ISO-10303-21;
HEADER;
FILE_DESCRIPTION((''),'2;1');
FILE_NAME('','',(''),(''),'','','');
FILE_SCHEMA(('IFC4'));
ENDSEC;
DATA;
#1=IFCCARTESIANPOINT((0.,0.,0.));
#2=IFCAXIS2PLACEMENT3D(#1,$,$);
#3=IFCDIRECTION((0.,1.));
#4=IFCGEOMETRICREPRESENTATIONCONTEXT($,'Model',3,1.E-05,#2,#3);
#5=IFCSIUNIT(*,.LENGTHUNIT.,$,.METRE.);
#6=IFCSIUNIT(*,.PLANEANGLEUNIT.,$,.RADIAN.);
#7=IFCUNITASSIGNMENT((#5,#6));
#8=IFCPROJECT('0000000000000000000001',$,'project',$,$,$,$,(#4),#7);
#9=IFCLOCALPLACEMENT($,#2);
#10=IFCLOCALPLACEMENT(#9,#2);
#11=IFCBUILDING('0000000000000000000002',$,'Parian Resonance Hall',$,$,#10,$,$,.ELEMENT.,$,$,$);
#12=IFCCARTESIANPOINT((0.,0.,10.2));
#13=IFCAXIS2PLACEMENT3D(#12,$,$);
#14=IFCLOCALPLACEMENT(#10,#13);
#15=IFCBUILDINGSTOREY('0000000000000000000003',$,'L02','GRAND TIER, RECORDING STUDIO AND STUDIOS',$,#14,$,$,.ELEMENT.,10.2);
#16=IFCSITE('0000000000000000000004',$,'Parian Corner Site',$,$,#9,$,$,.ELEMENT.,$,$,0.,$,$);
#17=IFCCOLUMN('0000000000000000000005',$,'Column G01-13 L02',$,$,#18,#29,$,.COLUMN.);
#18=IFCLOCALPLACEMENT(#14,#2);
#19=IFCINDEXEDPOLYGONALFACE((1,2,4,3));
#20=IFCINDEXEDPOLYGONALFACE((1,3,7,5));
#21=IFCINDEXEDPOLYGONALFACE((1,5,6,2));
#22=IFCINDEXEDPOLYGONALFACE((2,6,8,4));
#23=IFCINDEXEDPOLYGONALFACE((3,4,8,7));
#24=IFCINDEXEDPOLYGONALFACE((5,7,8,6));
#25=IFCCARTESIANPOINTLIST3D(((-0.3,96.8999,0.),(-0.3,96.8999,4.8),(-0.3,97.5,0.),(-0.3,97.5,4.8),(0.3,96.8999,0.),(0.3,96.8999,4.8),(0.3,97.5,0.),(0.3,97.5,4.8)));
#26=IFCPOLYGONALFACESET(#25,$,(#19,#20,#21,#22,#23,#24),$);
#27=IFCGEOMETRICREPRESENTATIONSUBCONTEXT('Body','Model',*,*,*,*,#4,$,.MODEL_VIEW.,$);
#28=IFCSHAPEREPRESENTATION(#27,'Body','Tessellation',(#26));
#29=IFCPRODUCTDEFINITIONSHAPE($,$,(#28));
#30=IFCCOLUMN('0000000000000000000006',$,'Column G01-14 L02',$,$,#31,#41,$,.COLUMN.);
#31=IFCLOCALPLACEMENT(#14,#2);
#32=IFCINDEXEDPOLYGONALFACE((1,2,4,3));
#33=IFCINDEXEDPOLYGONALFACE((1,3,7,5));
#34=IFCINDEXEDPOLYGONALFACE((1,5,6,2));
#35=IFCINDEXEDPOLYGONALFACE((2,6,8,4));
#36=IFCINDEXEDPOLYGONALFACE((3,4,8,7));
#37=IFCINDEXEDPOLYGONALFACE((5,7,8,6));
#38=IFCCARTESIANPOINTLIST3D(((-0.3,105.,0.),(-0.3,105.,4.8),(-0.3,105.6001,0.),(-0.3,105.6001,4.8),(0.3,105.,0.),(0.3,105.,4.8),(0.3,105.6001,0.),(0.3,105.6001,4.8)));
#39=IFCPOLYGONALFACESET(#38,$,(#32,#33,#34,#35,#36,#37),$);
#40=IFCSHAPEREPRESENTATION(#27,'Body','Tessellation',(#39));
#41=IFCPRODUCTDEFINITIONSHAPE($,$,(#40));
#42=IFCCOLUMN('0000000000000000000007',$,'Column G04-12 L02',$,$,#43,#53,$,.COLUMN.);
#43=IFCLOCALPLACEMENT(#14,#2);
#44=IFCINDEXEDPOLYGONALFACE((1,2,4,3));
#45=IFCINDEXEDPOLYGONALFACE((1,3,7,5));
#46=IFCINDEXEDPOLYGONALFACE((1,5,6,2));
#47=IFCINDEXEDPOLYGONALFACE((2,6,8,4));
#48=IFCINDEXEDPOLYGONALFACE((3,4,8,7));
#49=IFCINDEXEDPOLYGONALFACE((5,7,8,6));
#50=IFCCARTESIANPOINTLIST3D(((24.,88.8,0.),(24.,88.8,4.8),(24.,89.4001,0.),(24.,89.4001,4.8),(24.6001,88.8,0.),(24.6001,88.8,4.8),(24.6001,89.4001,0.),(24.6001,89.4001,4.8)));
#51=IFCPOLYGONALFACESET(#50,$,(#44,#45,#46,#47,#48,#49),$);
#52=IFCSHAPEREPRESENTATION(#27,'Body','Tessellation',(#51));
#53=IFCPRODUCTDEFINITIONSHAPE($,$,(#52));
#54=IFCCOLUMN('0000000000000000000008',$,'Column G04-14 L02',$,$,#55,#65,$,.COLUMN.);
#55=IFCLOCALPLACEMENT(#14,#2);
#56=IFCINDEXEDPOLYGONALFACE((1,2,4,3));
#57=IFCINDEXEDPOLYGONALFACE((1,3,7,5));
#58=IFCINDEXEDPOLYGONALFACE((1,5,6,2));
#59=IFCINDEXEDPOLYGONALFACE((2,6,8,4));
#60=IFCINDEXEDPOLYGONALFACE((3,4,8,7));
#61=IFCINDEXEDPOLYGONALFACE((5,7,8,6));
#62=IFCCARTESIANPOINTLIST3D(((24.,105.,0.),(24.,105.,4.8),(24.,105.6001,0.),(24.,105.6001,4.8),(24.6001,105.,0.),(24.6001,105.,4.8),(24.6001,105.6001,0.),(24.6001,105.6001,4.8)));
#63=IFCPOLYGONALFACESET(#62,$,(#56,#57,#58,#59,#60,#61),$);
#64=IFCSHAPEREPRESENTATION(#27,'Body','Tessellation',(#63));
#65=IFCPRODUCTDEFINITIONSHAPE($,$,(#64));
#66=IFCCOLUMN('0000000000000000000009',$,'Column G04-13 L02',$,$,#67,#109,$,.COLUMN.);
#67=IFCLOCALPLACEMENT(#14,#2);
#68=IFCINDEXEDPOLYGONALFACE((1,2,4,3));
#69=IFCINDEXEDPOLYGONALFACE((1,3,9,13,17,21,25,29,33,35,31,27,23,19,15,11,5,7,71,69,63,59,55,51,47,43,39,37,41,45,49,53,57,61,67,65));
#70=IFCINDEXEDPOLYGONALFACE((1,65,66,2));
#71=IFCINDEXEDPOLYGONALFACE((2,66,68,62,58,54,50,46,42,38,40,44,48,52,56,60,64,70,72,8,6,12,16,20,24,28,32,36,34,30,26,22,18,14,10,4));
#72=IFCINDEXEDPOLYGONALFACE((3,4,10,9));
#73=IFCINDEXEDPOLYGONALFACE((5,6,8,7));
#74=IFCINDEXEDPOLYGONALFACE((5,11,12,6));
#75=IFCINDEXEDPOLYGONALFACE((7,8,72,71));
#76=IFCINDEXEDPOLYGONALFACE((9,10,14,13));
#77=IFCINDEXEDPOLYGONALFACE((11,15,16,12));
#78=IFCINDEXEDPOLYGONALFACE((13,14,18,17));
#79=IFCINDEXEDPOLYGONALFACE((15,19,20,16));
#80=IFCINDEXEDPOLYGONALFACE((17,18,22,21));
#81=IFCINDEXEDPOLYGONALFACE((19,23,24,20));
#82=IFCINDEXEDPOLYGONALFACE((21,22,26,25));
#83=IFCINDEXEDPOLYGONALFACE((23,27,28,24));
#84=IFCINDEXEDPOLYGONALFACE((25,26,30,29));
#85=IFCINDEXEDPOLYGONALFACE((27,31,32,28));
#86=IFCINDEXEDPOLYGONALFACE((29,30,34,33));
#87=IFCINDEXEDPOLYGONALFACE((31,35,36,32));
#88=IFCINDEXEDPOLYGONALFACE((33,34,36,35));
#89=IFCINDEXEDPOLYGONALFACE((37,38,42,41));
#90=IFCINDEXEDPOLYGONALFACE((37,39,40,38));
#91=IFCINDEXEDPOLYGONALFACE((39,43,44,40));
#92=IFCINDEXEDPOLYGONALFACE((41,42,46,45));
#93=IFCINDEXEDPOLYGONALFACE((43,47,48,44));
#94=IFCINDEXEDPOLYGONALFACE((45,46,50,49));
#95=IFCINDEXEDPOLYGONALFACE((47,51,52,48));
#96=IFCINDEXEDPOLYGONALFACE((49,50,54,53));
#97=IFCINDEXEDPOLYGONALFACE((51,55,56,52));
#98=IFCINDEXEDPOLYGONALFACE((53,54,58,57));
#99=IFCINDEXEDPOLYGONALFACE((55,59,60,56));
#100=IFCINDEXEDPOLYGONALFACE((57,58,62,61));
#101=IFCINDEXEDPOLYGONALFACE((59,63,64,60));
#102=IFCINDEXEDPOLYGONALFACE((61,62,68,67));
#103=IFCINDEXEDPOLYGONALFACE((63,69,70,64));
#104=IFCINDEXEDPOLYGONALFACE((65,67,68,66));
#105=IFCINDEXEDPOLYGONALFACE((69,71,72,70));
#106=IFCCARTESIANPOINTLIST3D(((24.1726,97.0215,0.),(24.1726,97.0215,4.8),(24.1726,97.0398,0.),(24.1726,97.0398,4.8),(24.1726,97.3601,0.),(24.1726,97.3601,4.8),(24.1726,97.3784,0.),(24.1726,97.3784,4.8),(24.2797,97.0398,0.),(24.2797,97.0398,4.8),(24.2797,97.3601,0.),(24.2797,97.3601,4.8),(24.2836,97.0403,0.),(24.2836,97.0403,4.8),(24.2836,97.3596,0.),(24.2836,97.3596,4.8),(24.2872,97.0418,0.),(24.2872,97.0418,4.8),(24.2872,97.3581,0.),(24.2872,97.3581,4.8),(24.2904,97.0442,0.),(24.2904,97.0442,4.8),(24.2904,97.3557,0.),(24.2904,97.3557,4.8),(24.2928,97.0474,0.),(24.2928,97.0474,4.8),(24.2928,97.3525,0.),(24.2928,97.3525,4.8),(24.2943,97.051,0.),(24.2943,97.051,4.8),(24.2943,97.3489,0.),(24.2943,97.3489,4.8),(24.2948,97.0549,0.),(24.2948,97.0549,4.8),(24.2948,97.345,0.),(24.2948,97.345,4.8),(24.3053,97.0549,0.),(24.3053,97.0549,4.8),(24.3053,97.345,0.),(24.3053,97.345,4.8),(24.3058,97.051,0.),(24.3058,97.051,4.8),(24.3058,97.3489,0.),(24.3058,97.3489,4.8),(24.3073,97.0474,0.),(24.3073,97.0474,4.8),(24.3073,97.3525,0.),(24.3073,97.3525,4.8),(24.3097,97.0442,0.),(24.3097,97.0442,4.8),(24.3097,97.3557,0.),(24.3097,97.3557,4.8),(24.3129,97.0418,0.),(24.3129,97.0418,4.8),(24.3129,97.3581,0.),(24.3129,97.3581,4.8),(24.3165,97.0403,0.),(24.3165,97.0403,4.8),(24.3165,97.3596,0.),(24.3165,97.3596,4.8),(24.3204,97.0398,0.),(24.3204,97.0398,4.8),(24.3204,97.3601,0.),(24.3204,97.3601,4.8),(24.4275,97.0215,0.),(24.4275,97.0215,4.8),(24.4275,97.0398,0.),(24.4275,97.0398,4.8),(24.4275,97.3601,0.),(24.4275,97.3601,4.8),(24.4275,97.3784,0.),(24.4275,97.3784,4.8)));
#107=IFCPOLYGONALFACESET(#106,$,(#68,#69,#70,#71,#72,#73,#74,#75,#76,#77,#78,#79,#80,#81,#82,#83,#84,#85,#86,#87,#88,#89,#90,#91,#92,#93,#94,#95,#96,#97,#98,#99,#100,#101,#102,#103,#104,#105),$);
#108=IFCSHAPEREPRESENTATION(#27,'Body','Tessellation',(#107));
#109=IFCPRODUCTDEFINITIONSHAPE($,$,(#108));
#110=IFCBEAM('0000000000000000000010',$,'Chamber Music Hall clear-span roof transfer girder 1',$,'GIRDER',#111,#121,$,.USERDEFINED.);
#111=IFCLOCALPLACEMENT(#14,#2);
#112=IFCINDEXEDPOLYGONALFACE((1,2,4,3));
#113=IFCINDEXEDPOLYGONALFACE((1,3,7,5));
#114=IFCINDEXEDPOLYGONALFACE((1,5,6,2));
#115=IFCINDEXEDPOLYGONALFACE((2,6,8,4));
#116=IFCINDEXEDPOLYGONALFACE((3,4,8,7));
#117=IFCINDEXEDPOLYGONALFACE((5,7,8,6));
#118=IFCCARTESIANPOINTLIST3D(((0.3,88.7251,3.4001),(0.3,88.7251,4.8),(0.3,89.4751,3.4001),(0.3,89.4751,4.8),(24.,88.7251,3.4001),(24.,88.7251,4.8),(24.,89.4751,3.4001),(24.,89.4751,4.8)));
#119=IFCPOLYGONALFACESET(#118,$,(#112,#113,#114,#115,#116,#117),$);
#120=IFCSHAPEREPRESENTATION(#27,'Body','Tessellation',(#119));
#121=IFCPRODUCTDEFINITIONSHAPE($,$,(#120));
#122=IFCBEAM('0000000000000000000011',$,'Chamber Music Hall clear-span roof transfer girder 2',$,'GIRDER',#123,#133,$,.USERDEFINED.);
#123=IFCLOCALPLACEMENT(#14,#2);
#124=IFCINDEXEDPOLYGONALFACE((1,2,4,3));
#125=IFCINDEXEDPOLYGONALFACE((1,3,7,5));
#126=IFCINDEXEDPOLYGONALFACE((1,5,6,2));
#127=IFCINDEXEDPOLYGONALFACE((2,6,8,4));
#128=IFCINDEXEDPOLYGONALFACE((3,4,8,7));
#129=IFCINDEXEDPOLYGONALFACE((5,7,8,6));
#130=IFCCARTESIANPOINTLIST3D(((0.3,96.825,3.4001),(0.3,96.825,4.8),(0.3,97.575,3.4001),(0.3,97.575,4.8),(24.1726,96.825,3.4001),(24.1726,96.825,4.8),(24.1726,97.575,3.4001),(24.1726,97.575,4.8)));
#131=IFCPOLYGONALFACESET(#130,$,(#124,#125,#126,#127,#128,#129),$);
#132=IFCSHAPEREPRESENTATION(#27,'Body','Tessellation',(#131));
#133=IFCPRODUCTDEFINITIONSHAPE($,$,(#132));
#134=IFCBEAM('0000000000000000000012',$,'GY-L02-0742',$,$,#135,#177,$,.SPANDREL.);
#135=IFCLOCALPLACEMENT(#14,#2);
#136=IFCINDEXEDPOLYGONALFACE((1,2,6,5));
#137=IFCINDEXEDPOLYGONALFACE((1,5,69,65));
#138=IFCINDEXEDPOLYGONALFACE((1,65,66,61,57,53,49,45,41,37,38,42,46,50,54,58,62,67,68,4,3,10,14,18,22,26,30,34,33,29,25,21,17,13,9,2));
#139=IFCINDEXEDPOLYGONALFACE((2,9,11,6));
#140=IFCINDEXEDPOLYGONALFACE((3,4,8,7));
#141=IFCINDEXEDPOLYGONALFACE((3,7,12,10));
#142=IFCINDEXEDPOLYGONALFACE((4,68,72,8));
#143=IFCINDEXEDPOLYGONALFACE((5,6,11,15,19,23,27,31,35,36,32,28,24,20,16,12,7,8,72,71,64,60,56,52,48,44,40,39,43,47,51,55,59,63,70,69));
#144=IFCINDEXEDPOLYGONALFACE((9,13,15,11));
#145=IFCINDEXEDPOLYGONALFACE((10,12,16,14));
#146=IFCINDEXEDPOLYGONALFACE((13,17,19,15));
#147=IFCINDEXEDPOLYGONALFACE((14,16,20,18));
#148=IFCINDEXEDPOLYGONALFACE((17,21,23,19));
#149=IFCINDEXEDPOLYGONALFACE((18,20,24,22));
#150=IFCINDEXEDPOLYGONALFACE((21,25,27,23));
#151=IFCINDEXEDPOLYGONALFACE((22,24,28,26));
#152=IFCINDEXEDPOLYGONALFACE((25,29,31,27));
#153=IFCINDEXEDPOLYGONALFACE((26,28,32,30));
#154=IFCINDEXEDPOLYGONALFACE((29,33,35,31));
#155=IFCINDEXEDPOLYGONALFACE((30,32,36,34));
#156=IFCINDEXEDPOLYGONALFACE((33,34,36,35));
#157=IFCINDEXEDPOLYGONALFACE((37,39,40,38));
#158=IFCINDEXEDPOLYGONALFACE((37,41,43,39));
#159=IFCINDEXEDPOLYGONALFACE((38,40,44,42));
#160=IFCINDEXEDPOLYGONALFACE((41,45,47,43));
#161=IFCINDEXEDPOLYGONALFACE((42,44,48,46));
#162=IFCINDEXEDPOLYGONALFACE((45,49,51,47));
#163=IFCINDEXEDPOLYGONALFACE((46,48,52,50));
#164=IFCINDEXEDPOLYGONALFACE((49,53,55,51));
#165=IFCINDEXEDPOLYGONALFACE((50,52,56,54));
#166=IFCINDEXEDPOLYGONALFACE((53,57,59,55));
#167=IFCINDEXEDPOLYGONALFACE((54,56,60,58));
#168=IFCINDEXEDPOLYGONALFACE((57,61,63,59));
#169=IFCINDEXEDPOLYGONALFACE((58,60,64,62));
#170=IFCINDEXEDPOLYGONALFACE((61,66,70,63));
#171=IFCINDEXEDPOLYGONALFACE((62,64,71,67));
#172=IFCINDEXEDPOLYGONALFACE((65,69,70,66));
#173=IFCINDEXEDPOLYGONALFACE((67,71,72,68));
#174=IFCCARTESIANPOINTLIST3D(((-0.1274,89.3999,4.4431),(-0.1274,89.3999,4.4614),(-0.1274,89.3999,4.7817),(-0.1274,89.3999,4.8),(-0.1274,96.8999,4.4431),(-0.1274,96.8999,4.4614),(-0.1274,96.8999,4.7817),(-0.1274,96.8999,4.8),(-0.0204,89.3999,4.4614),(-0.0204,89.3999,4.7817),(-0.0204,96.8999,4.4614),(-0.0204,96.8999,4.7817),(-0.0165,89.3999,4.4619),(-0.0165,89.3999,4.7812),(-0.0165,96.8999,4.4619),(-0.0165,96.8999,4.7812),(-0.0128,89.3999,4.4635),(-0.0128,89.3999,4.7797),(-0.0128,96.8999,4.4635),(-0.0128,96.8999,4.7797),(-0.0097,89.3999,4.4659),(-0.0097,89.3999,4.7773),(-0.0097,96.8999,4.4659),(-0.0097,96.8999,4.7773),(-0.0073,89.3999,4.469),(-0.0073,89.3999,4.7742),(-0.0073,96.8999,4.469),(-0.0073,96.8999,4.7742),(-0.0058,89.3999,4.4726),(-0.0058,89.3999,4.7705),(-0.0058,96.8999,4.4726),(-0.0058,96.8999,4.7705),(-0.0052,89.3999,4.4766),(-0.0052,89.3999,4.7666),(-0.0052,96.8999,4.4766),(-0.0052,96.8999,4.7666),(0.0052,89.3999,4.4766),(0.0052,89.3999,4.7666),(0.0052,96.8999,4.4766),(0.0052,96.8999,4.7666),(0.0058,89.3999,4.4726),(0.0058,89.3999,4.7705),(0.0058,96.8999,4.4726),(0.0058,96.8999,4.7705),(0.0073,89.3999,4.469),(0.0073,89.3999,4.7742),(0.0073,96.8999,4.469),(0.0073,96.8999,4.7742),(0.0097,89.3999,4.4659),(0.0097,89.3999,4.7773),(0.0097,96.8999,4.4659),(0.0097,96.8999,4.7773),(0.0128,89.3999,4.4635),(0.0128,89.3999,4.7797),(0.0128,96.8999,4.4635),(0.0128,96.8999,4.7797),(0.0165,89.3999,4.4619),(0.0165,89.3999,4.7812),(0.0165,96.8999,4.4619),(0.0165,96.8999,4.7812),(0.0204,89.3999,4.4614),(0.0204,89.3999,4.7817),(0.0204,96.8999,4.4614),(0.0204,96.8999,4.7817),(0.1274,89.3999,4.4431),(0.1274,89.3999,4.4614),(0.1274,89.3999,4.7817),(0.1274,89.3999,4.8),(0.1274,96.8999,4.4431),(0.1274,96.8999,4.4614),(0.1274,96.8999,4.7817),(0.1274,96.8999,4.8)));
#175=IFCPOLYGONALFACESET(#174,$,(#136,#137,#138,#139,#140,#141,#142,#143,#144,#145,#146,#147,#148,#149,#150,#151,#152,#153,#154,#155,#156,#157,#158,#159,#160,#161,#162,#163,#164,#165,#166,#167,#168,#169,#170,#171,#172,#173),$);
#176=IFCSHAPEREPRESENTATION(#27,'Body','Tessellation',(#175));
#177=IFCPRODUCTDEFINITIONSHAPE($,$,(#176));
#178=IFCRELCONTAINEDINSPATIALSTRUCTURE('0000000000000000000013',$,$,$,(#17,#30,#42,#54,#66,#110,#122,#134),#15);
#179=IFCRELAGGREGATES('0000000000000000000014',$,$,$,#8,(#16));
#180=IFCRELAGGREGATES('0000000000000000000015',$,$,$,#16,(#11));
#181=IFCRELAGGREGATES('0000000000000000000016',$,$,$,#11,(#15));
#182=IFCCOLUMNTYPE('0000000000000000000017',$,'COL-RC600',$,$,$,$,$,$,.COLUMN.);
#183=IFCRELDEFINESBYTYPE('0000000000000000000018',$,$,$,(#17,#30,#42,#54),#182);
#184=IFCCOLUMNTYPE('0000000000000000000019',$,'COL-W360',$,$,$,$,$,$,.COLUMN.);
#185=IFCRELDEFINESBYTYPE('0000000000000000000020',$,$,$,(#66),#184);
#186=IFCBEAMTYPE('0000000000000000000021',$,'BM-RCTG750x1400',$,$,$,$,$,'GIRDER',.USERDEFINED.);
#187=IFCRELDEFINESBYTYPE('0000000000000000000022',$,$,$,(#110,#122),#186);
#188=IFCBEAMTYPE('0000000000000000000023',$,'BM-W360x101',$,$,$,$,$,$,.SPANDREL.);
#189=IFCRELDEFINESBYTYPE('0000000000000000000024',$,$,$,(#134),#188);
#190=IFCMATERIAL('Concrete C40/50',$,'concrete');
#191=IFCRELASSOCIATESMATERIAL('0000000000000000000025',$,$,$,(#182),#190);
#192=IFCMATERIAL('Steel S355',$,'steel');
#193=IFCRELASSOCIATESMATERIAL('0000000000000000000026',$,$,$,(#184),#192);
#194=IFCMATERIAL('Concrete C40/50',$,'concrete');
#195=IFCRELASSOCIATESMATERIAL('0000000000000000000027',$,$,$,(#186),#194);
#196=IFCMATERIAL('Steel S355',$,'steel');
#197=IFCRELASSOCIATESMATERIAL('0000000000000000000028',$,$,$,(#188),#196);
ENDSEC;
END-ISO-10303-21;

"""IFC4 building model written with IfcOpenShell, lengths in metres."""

from ifc_helpers import new_model, si_unit, direction, frame, origin, origin_2d, place, context, subcontext, project, spatial, rectangle, i_section, extrude, material, material_profile, profile_set, type_object, element, save


model = new_model("IFC4")

# Units and contexts
model_context = context("Model", 3, precision=1e-05, world=origin(), true_north=direction((0.0, 1.0)))
body_context = subcontext(model_context, "Body", "Model", "MODEL_VIEW")
ifc_project = project(units=[si_unit("LENGTHUNIT", "METRE"), si_unit("PLANEANGLEUNIT", "RADIAN")], contexts=[model_context])

# Site, building, storey
site_placement = place(None, origin())
site = spatial("IfcSite", under=ifc_project, at=site_placement, Name="Parian Corner Site", CompositionType="ELEMENT", RefElevation=0.0)
building_placement = place(site_placement, origin())
building = spatial("IfcBuilding", under=site, at=building_placement, Name="Parian Resonance Hall", CompositionType="ELEMENT")
storey_placement = place(building_placement, frame((0.0, 0.0, 10.2)))
storey = spatial("IfcBuildingStorey", under=building, at=storey_placement, Name="L02", Description="GRAND TIER, RECORDING STUDIO AND STUDIOS", CompositionType="ELEMENT", Elevation=10.2)

# Columns
ifc_material_1 = material(Name="Concrete C40/50", Category="concrete")
ifc_material_profile_1 = material_profile(ifc_material_1, rectangle(XDim=0.6001, YDim=0.6001, at=origin_2d()), Name="RC-COL-600x600")
ifc_profile_set_1 = profile_set([ifc_material_profile_1], Name="Concrete C40/50")
column_type_1 = type_object("IfcColumnType", Name="COL-RC600", PredefinedType="COLUMN", material=ifc_profile_set_1)
for number, where, z_axis, x_axis, name in (
    (1, (0.0, 97.2, 0.0), (0.0, 0.0, 1.0), (1.0, 0.0, 0.0), "Column G01-13 L02"),
    (2, (0.0, 105.3, 0.0), (0.0, 0.0, 1.0), (1.0, 0.0, 0.0), "Column G01-14 L02"),
    (3, (24.3, 89.1001, 0.0), (0.0, 0.0, 1.0), (1.0, 0.0, 0.0), "Column G04-12 L02"),
    (4, (24.3, 105.3, 0.0), (0.0, 0.0, 1.0), (1.0, 0.0, 0.0), "Column G04-14 L02"),
):
    element("IfcColumn", number, at=place(storey_placement, frame(where, z_axis=z_axis, x_axis=x_axis)), inside=storey, type_object=column_type_1, Name=name, PredefinedType="COLUMN", context=body_context, shape_type="SweptSolid", body=[
        extrude(rectangle(XDim=0.6001, YDim=0.6001, at=origin_2d()), origin(), (0.0, 0.0, 1.0), 4.8),
    ])
ifc_material_2 = material(Name="Steel S355", Category="steel")
ifc_material_profile_2 = material_profile(ifc_material_2, i_section(OverallWidth=0.2549, OverallDepth=0.3569, WebThickness=0.0105, FlangeThickness=0.0183, FilletRadius=0.0151, at=origin_2d()), Name="W360x101")
ifc_profile_set_2 = profile_set([ifc_material_profile_2], Name="Steel S355")
column_type_2 = type_object("IfcColumnType", Name="COL-W360", PredefinedType="COLUMN", material=ifc_profile_set_2)
column_placement = place(storey_placement, frame((24.3, 97.2, 0.0), z_axis=(0.0, 0.0, 1.0), x_axis=(1.0, 0.0, 0.0)))
element("IfcColumn", 5, at=column_placement, inside=storey, type_object=column_type_2, Name="Column G04-13 L02", PredefinedType="COLUMN", context=body_context, shape_type="SweptSolid", body=[
    extrude(i_section(OverallWidth=0.2549, OverallDepth=0.3569, WebThickness=0.0105, FlangeThickness=0.0183, FilletRadius=0.0151, at=origin_2d()), origin(), (0.0, 0.0, 1.0), 4.8),
])

# Beams
ifc_material_3 = material(Name="Concrete C40/50", Category="concrete")
ifc_material_profile_3 = material_profile(ifc_material_3, rectangle(XDim=0.75, YDim=1.3999, at=origin_2d()), Name="RC-TG-750x1400")
ifc_profile_set_3 = profile_set([ifc_material_profile_3], Name="Concrete C40/50")
beam_type_1 = type_object("IfcBeamType", Name="BM-RCTG750x1400", ElementType="GIRDER", PredefinedType="USERDEFINED", material=ifc_profile_set_3)
beam_1_placement = place(storey_placement, frame((0.3, 89.1001, 4.1001), z_axis=(1.0, 0.0, 0.0), x_axis=(0.0, 1.0, 0.0)))
element("IfcBeam", 6, at=beam_1_placement, inside=storey, type_object=beam_type_1, Name="Chamber Music Hall clear-span roof transfer girder 1", ObjectType="GIRDER", PredefinedType="USERDEFINED", context=body_context, shape_type="SweptSolid", body=[
    extrude(rectangle(XDim=0.75, YDim=1.3999, at=origin_2d()), origin(), (0.0, 0.0, 1.0), 23.7),
])
beam_2_placement = place(storey_placement, frame((0.3, 97.2, 4.1001), z_axis=(1.0, 0.0, 0.0), x_axis=(0.0, 1.0, 0.0)))
element("IfcBeam", 7, at=beam_2_placement, inside=storey, type_object=beam_type_1, Name="Chamber Music Hall clear-span roof transfer girder 2", ObjectType="GIRDER", PredefinedType="USERDEFINED", context=body_context, shape_type="SweptSolid", body=[
    extrude(rectangle(XDim=0.75, YDim=1.3999, at=origin_2d()), origin(), (0.0, 0.0, 1.0), 23.8726),
])
ifc_material_4 = material(Name="Steel S355", Category="steel")
ifc_material_profile_4 = material_profile(ifc_material_4, i_section(OverallWidth=0.2549, OverallDepth=0.3569, WebThickness=0.0105, FlangeThickness=0.0183, FilletRadius=0.0151, at=origin_2d()), Name="W360x101")
ifc_profile_set_4 = profile_set([ifc_material_profile_4], Name="Steel S355")
beam_type_2 = type_object("IfcBeamType", Name="BM-W360x101", PredefinedType="SPANDREL", material=ifc_profile_set_4)
for number, where, z_axis, x_axis, name in (
    (8, (0.0, 89.3999, 4.6216), (0.0, 1.0, 0.0), (-1.0, 0.0, 0.0), "GY-L02-0742"),
):
    element("IfcBeam", number, at=place(storey_placement, frame(where, z_axis=z_axis, x_axis=x_axis)), inside=storey, type_object=beam_type_2, Name=name, PredefinedType="SPANDREL", context=body_context, shape_type="SweptSolid", body=[
        extrude(i_section(OverallWidth=0.2549, OverallDepth=0.3569, WebThickness=0.0105, FlangeThickness=0.0183, FilletRadius=0.0151, at=origin_2d()), origin(), (0.0, 0.0, 1.0), 7.5),
    ])

save(model, "model.ifc")
